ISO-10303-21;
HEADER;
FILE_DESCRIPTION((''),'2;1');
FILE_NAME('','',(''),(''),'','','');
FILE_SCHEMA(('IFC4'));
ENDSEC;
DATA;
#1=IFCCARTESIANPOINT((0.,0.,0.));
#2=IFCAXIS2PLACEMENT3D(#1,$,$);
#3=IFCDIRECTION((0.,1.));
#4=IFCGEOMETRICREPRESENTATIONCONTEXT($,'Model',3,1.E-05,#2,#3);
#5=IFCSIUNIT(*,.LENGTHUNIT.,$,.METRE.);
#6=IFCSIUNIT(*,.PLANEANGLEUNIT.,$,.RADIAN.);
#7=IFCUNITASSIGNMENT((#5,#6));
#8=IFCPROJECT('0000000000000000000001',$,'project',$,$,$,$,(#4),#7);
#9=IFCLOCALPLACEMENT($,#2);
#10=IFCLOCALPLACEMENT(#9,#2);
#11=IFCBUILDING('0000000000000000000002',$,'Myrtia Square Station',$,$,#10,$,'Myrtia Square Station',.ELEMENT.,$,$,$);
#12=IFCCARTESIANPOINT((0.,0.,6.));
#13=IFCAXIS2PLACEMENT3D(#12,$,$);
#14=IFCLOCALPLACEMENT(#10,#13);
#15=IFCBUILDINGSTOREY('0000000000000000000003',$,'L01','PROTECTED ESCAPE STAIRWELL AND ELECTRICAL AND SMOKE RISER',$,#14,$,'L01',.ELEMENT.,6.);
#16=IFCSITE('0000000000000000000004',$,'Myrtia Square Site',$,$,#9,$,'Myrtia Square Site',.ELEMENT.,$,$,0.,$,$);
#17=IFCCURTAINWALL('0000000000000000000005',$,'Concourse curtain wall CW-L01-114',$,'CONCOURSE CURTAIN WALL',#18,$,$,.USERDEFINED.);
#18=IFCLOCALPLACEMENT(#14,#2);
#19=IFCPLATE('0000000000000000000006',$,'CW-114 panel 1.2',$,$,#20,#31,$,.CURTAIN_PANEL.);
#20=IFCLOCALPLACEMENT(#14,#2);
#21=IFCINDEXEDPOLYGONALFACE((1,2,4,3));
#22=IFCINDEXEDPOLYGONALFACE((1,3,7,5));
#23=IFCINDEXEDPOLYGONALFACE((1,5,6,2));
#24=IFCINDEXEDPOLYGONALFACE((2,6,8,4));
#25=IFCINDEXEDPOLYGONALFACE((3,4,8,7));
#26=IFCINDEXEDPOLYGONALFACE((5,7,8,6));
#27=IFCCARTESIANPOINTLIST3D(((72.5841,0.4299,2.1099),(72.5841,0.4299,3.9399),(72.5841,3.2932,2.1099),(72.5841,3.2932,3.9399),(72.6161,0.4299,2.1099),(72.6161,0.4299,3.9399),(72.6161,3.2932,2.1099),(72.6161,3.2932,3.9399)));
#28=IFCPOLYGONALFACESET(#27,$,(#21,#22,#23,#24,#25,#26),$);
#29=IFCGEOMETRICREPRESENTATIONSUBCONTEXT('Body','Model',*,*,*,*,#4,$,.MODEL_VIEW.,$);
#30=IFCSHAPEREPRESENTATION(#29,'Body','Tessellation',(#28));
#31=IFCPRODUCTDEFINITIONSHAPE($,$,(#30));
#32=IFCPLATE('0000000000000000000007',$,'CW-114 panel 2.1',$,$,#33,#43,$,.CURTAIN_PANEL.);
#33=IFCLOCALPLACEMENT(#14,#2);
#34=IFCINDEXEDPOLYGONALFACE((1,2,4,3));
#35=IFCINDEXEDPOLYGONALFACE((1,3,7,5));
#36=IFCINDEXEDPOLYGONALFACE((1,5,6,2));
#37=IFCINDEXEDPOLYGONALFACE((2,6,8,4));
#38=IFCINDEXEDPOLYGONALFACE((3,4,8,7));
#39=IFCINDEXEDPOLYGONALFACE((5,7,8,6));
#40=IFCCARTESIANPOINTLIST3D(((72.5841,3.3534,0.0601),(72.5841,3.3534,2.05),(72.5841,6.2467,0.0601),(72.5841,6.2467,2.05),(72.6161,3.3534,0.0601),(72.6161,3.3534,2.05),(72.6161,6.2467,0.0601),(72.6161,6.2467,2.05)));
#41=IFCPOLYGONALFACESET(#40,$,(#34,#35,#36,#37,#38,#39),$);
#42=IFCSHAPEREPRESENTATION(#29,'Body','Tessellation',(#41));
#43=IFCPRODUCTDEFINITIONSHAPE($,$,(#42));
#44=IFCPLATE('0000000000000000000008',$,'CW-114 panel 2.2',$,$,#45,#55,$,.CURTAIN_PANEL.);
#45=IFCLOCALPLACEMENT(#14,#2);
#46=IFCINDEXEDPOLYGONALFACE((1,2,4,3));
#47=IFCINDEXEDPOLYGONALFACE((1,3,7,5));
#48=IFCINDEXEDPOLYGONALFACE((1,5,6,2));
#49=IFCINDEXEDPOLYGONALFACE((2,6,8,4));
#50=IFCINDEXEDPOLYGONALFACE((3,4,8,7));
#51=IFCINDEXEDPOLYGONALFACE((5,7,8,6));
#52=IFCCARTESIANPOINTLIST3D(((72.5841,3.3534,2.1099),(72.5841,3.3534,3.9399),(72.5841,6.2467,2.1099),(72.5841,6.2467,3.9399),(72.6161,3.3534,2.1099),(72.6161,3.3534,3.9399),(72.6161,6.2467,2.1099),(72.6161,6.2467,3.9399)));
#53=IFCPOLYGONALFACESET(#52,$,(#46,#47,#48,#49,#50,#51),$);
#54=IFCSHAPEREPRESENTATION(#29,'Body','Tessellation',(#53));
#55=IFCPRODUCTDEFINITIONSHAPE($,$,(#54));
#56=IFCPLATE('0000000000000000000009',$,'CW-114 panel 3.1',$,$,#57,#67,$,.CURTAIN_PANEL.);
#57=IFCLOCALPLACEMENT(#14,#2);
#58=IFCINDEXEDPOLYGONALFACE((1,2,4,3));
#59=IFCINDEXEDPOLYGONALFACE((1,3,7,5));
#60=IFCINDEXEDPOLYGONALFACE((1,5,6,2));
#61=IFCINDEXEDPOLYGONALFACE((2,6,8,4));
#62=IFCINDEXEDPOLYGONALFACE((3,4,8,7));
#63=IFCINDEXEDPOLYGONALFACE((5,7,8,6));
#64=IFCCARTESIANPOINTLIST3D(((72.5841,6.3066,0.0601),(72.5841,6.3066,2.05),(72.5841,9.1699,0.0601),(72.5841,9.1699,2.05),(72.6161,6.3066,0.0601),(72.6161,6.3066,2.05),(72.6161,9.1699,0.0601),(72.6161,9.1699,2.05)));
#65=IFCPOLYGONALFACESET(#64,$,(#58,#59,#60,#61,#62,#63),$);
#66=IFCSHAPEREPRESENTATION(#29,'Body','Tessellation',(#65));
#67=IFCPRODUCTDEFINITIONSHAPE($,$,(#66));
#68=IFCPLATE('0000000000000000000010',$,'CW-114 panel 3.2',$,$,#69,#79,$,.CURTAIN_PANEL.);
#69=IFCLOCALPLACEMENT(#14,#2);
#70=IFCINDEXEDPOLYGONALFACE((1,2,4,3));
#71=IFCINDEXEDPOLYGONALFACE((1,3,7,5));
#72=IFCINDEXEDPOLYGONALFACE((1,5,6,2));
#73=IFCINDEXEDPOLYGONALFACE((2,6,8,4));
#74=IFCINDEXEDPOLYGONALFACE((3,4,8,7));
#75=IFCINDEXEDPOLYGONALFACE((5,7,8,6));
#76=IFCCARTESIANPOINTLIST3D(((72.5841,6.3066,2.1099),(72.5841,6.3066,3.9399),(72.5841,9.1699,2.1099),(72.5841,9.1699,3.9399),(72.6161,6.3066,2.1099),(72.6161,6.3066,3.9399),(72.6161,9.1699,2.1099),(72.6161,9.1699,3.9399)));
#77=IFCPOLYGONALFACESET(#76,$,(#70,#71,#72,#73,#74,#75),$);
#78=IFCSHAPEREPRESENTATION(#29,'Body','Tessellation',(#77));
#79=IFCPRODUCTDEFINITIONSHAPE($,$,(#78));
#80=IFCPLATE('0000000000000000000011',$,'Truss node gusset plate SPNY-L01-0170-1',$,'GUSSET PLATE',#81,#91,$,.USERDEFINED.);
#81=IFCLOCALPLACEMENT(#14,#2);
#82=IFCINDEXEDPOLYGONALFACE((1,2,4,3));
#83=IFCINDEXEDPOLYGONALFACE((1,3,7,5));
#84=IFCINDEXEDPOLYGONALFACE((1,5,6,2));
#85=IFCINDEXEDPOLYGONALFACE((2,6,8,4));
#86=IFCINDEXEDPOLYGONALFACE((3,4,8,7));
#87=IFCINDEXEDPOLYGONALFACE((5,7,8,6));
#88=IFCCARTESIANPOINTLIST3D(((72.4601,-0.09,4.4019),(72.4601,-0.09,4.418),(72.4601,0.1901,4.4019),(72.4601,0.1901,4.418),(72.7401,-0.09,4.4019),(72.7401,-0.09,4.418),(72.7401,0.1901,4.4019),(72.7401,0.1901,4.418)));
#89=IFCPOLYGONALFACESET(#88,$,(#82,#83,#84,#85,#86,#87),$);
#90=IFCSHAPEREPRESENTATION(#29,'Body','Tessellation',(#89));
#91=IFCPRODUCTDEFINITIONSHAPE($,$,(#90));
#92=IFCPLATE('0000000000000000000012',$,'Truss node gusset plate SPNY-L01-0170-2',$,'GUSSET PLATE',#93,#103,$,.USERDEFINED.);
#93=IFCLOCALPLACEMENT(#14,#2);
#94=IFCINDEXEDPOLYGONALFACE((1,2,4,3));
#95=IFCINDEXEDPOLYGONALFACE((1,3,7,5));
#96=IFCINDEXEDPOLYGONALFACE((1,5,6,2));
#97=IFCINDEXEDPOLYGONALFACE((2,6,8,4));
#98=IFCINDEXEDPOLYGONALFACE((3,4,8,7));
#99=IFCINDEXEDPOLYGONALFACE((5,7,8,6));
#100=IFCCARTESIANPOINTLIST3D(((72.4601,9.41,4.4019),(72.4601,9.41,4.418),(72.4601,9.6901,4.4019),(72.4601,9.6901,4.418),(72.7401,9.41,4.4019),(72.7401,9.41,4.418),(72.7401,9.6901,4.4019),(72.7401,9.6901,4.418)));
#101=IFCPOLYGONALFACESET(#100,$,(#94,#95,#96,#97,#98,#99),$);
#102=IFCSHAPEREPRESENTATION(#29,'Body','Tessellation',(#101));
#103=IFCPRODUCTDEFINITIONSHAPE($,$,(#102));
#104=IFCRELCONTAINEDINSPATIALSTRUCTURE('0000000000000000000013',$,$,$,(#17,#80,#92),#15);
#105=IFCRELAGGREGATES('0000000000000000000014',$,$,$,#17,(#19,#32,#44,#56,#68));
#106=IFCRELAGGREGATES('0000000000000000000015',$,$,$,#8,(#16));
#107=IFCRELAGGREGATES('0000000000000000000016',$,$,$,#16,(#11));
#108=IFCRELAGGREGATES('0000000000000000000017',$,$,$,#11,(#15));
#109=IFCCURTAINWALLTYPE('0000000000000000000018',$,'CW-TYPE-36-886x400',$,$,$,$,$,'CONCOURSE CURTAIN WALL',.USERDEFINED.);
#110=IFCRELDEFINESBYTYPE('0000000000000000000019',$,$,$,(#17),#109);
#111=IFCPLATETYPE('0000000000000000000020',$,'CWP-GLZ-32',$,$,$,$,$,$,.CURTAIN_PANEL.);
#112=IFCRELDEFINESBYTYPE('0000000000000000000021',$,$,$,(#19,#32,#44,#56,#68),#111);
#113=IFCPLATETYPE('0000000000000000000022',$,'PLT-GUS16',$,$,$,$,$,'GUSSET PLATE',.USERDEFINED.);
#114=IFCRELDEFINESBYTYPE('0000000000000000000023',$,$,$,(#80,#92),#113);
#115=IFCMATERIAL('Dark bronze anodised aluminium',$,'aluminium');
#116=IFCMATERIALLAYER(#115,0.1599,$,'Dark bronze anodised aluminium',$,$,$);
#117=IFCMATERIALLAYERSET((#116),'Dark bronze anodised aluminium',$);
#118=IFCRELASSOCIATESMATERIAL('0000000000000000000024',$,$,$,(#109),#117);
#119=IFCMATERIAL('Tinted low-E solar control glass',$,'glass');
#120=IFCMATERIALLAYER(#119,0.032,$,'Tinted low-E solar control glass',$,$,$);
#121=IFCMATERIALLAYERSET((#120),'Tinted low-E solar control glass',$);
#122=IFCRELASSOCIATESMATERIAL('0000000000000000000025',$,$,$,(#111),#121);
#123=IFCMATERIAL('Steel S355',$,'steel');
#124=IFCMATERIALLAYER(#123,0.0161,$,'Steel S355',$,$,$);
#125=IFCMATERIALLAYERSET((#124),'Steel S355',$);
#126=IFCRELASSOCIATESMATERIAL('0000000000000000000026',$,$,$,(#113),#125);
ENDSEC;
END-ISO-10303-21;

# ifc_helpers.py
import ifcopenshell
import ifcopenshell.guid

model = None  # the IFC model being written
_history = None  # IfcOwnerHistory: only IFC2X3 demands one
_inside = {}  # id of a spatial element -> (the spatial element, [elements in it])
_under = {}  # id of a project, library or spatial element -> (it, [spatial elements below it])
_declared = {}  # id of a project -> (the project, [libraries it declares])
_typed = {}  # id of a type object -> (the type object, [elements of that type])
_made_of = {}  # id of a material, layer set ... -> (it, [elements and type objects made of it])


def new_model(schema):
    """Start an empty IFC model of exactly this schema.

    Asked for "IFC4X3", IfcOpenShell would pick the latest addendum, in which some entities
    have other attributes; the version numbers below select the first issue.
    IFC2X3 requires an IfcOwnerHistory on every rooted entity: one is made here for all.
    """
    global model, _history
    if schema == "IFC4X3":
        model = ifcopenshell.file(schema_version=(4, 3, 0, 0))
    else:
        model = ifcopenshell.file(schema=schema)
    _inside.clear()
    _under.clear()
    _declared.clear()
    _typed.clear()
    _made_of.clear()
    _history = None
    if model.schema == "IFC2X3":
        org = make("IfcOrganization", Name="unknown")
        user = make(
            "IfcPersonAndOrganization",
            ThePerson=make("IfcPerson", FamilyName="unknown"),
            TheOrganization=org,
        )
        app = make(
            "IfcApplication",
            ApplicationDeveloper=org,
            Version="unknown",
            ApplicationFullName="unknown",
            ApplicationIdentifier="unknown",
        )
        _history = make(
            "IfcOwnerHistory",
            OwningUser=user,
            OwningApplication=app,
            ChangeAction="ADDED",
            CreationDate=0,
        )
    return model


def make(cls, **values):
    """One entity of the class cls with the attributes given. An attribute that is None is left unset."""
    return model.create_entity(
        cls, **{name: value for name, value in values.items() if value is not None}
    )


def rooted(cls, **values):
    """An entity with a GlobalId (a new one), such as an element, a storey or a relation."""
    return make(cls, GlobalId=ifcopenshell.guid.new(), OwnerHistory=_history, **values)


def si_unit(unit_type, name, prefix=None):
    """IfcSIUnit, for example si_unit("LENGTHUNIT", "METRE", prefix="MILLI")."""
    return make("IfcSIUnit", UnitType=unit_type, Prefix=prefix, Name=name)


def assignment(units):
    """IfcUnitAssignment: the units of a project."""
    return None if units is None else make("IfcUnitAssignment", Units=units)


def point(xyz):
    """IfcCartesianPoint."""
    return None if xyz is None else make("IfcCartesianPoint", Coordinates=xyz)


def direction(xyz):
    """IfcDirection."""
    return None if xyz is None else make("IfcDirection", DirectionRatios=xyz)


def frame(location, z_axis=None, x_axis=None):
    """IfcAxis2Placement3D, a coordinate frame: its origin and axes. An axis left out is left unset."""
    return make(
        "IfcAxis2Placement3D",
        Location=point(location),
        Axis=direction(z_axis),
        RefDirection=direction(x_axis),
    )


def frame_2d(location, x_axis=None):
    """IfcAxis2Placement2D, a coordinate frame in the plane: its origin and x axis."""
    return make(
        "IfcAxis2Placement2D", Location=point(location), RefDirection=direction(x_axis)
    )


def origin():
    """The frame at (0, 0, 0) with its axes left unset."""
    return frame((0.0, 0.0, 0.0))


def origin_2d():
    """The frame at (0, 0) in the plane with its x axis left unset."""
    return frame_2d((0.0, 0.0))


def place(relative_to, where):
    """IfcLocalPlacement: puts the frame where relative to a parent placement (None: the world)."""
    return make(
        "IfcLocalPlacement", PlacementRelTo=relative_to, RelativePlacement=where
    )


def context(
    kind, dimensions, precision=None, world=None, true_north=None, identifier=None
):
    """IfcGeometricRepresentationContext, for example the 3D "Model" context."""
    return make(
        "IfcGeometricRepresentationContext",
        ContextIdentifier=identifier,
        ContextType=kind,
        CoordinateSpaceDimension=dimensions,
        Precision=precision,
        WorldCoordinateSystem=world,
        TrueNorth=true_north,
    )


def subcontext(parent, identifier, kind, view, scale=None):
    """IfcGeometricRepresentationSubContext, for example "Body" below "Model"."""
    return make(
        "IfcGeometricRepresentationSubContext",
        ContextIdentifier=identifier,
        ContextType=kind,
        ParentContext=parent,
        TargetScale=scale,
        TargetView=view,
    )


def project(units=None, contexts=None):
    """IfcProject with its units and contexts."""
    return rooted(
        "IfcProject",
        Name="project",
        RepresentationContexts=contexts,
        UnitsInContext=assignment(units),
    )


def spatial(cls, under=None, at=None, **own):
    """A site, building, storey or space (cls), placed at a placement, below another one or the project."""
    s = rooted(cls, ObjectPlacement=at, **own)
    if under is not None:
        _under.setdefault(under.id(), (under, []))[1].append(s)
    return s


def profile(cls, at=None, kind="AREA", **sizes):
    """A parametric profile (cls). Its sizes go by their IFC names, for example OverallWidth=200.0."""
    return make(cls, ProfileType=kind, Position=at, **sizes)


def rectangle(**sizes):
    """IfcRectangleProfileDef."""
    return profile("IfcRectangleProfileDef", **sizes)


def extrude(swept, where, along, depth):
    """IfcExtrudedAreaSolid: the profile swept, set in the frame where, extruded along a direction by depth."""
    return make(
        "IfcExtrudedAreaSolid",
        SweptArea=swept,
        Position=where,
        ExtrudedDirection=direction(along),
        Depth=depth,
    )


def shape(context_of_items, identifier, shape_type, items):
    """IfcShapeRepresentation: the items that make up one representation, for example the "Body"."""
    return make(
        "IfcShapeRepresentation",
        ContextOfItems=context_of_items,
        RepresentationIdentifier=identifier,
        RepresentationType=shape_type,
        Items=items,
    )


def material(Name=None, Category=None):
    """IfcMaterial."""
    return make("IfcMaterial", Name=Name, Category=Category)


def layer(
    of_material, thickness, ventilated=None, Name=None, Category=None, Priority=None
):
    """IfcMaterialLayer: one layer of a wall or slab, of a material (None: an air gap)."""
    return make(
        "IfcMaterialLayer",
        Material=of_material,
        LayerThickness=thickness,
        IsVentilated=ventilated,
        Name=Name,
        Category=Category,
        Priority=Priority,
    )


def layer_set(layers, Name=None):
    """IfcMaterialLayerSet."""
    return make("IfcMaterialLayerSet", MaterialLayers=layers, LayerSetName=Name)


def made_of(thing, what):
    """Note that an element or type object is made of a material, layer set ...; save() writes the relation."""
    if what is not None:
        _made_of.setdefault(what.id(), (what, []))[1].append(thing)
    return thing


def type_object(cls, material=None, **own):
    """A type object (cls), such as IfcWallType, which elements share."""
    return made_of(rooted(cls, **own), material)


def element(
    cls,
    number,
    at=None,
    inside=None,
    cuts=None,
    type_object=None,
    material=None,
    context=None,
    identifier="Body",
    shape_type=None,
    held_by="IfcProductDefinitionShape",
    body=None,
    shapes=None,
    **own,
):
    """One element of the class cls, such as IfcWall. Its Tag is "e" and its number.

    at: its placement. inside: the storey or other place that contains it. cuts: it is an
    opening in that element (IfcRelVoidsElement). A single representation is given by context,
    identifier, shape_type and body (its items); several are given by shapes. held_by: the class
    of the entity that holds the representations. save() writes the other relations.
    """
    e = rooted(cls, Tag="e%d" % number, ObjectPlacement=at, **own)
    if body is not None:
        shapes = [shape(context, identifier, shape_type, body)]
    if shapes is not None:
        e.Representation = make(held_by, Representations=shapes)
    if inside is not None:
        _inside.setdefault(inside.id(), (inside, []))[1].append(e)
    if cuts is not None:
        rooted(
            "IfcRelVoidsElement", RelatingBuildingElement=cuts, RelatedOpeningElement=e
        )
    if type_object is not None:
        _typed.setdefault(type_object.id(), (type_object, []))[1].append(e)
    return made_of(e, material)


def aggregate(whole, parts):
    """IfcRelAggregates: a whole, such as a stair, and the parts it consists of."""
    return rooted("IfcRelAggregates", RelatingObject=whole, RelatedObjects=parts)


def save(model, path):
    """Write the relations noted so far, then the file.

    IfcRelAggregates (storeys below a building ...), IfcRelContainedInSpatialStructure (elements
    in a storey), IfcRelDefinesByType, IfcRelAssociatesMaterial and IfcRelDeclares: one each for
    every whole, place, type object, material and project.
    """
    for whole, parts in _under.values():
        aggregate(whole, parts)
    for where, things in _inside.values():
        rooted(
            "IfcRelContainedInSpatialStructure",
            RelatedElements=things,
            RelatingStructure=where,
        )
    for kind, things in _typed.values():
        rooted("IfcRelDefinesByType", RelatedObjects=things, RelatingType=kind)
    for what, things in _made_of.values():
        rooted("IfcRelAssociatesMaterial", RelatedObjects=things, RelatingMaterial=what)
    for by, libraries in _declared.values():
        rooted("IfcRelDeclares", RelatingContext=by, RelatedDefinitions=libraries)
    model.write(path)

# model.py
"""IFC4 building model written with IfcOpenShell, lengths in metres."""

from ifc_helpers import new_model, si_unit, direction, frame, origin, origin_2d, place, context, subcontext, project, spatial, rectangle, extrude, material, layer, layer_set, type_object, element, aggregate, save


model = new_model("IFC4")

# Units and contexts
model_context = context("Model", 3, precision=1e-05, world=origin(), true_north=direction((0.0, 1.0)))
body_context = subcontext(model_context, "Body", "Model", "MODEL_VIEW")
ifc_project = project(units=[si_unit("LENGTHUNIT", "METRE"), si_unit("PLANEANGLEUNIT", "RADIAN")], contexts=[model_context])

# Site, building, storey
site_placement = place(None, origin())
site = spatial("IfcSite", under=ifc_project, at=site_placement, Name="Myrtia Square Site", LongName="Myrtia Square Site", CompositionType="ELEMENT", RefElevation=0.0)
building_placement = place(site_placement, origin())
building = spatial("IfcBuilding", under=site, at=building_placement, Name="Myrtia Square Station", LongName="Myrtia Square Station", CompositionType="ELEMENT")
storey_placement = place(building_placement, frame((0.0, 0.0, 6.0)))
storey = spatial("IfcBuildingStorey", under=building, at=storey_placement, Name="L01", Description="PROTECTED ESCAPE STAIRWELL AND ELECTRICAL AND SMOKE RISER", LongName="L01", CompositionType="ELEMENT", Elevation=6.0)

# Curtain wall, plates
ifc_material_1 = material(Name="Dark bronze anodised aluminium", Category="aluminium")
ifc_layer_1 = layer(ifc_material_1, 0.1599, Name="Dark bronze anodised aluminium")
ifc_layer_set_1 = layer_set([ifc_layer_1], Name="Dark bronze anodised aluminium")
curtain_wall_type = type_object("IfcCurtainWallType", Name="CW-TYPE-36-886x400", ElementType="CONCOURSE CURTAIN WALL", PredefinedType="USERDEFINED", material=ifc_layer_set_1)
curtain_wall_placement = place(storey_placement, origin())
curtain_wall = element("IfcCurtainWall", 1, at=curtain_wall_placement, inside=storey, type_object=curtain_wall_type, Name="Concourse curtain wall CW-L01-114", ObjectType="CONCOURSE CURTAIN WALL", PredefinedType="USERDEFINED")
ifc_material_2 = material(Name="Tinted low-E solar control glass", Category="glass")
ifc_layer_2 = layer(ifc_material_2, 0.032, Name="Tinted low-E solar control glass")
ifc_layer_set_2 = layer_set([ifc_layer_2], Name="Tinted low-E solar control glass")
plate_type_1 = type_object("IfcPlateType", Name="CWP-GLZ-32", PredefinedType="CURTAIN_PANEL", material=ifc_layer_set_2)
plate_1_placement = place(storey_placement, frame((72.6001, 1.8616, 2.1099), z_axis=(0.0, 0.0, 1.0), x_axis=(0.0, 1.0, 0.0)))
plate_1 = element("IfcPlate", 2, at=plate_1_placement, type_object=plate_type_1, Name="CW-114 panel 1.2", PredefinedType="CURTAIN_PANEL", context=body_context, shape_type="SweptSolid", body=[
    extrude(rectangle(XDim=2.8633, YDim=0.032, at=origin_2d()), origin(), (0.0, 0.0, 1.0), 1.8301),
])
plate_2_placement = place(storey_placement, frame((72.6001, 4.8, 0.0601), z_axis=(0.0, 0.0, 1.0), x_axis=(0.0, 1.0, 0.0)))
plate_2 = element("IfcPlate", 3, at=plate_2_placement, type_object=plate_type_1, Name="CW-114 panel 2.1", PredefinedType="CURTAIN_PANEL", context=body_context, shape_type="SweptSolid", body=[
    extrude(rectangle(XDim=2.8933, YDim=0.032, at=origin_2d()), origin(), (0.0, 0.0, 1.0), 1.99),
])
plate_3_placement = place(storey_placement, frame((72.6001, 4.8, 2.1099), z_axis=(0.0, 0.0, 1.0), x_axis=(0.0, 1.0, 0.0)))
plate_3 = element("IfcPlate", 4, at=plate_3_placement, type_object=plate_type_1, Name="CW-114 panel 2.2", PredefinedType="CURTAIN_PANEL", context=body_context, shape_type="SweptSolid", body=[
    extrude(rectangle(XDim=2.8933, YDim=0.032, at=origin_2d()), origin(), (0.0, 0.0, 1.0), 1.8301),
])
plate_4_placement = place(storey_placement, frame((72.6001, 7.7383, 0.0601), z_axis=(0.0, 0.0, 1.0), x_axis=(0.0, 1.0, 0.0)))
plate_4 = element("IfcPlate", 5, at=plate_4_placement, type_object=plate_type_1, Name="CW-114 panel 3.1", PredefinedType="CURTAIN_PANEL", context=body_context, shape_type="SweptSolid", body=[
    extrude(rectangle(XDim=2.8633, YDim=0.032, at=origin_2d()), origin(), (0.0, 0.0, 1.0), 1.99),
])
plate_5_placement = place(storey_placement, frame((72.6001, 7.7383, 2.1099), z_axis=(0.0, 0.0, 1.0), x_axis=(0.0, 1.0, 0.0)))
plate_5 = element("IfcPlate", 6, at=plate_5_placement, type_object=plate_type_1, Name="CW-114 panel 3.2", PredefinedType="CURTAIN_PANEL", context=body_context, shape_type="SweptSolid", body=[
    extrude(rectangle(XDim=2.8633, YDim=0.032, at=origin_2d()), origin(), (0.0, 0.0, 1.0), 1.8301),
])
aggregate(curtain_wall, [plate_1, plate_2, plate_3, plate_4, plate_5])

# Plates
ifc_material_3 = material(Name="Steel S355", Category="steel")
ifc_layer_3 = layer(ifc_material_3, 0.0161, Name="Steel S355")
ifc_layer_set_3 = layer_set([ifc_layer_3], Name="Steel S355")
plate_type_2 = type_object("IfcPlateType", Name="PLT-GUS16", ElementType="GUSSET PLATE", PredefinedType="USERDEFINED", material=ifc_layer_set_3)
for number, where, z_axis, x_axis, name in (
    (7, (72.6001, 0.05, 4.4019), (0.0, 0.0, 1.0), (0.0, 1.0, 0.0), "Truss node gusset plate SPNY-L01-0170-1"),
    (8, (72.6001, 9.55, 4.4019), (0.0, 0.0, 1.0), (0.0, 1.0, 0.0), "Truss node gusset plate SPNY-L01-0170-2"),
):
    element("IfcPlate", number, at=place(storey_placement, frame(where, z_axis=z_axis, x_axis=x_axis)), inside=storey, type_object=plate_type_2, Name=name, ObjectType="GUSSET PLATE", PredefinedType="USERDEFINED", context=body_context, shape_type="SweptSolid", body=[
        extrude(rectangle(XDim=0.28, YDim=0.28, at=origin_2d()), origin(), (0.0, 0.0, 1.0), 0.0161),
    ])

save(model, "model.ifc")
